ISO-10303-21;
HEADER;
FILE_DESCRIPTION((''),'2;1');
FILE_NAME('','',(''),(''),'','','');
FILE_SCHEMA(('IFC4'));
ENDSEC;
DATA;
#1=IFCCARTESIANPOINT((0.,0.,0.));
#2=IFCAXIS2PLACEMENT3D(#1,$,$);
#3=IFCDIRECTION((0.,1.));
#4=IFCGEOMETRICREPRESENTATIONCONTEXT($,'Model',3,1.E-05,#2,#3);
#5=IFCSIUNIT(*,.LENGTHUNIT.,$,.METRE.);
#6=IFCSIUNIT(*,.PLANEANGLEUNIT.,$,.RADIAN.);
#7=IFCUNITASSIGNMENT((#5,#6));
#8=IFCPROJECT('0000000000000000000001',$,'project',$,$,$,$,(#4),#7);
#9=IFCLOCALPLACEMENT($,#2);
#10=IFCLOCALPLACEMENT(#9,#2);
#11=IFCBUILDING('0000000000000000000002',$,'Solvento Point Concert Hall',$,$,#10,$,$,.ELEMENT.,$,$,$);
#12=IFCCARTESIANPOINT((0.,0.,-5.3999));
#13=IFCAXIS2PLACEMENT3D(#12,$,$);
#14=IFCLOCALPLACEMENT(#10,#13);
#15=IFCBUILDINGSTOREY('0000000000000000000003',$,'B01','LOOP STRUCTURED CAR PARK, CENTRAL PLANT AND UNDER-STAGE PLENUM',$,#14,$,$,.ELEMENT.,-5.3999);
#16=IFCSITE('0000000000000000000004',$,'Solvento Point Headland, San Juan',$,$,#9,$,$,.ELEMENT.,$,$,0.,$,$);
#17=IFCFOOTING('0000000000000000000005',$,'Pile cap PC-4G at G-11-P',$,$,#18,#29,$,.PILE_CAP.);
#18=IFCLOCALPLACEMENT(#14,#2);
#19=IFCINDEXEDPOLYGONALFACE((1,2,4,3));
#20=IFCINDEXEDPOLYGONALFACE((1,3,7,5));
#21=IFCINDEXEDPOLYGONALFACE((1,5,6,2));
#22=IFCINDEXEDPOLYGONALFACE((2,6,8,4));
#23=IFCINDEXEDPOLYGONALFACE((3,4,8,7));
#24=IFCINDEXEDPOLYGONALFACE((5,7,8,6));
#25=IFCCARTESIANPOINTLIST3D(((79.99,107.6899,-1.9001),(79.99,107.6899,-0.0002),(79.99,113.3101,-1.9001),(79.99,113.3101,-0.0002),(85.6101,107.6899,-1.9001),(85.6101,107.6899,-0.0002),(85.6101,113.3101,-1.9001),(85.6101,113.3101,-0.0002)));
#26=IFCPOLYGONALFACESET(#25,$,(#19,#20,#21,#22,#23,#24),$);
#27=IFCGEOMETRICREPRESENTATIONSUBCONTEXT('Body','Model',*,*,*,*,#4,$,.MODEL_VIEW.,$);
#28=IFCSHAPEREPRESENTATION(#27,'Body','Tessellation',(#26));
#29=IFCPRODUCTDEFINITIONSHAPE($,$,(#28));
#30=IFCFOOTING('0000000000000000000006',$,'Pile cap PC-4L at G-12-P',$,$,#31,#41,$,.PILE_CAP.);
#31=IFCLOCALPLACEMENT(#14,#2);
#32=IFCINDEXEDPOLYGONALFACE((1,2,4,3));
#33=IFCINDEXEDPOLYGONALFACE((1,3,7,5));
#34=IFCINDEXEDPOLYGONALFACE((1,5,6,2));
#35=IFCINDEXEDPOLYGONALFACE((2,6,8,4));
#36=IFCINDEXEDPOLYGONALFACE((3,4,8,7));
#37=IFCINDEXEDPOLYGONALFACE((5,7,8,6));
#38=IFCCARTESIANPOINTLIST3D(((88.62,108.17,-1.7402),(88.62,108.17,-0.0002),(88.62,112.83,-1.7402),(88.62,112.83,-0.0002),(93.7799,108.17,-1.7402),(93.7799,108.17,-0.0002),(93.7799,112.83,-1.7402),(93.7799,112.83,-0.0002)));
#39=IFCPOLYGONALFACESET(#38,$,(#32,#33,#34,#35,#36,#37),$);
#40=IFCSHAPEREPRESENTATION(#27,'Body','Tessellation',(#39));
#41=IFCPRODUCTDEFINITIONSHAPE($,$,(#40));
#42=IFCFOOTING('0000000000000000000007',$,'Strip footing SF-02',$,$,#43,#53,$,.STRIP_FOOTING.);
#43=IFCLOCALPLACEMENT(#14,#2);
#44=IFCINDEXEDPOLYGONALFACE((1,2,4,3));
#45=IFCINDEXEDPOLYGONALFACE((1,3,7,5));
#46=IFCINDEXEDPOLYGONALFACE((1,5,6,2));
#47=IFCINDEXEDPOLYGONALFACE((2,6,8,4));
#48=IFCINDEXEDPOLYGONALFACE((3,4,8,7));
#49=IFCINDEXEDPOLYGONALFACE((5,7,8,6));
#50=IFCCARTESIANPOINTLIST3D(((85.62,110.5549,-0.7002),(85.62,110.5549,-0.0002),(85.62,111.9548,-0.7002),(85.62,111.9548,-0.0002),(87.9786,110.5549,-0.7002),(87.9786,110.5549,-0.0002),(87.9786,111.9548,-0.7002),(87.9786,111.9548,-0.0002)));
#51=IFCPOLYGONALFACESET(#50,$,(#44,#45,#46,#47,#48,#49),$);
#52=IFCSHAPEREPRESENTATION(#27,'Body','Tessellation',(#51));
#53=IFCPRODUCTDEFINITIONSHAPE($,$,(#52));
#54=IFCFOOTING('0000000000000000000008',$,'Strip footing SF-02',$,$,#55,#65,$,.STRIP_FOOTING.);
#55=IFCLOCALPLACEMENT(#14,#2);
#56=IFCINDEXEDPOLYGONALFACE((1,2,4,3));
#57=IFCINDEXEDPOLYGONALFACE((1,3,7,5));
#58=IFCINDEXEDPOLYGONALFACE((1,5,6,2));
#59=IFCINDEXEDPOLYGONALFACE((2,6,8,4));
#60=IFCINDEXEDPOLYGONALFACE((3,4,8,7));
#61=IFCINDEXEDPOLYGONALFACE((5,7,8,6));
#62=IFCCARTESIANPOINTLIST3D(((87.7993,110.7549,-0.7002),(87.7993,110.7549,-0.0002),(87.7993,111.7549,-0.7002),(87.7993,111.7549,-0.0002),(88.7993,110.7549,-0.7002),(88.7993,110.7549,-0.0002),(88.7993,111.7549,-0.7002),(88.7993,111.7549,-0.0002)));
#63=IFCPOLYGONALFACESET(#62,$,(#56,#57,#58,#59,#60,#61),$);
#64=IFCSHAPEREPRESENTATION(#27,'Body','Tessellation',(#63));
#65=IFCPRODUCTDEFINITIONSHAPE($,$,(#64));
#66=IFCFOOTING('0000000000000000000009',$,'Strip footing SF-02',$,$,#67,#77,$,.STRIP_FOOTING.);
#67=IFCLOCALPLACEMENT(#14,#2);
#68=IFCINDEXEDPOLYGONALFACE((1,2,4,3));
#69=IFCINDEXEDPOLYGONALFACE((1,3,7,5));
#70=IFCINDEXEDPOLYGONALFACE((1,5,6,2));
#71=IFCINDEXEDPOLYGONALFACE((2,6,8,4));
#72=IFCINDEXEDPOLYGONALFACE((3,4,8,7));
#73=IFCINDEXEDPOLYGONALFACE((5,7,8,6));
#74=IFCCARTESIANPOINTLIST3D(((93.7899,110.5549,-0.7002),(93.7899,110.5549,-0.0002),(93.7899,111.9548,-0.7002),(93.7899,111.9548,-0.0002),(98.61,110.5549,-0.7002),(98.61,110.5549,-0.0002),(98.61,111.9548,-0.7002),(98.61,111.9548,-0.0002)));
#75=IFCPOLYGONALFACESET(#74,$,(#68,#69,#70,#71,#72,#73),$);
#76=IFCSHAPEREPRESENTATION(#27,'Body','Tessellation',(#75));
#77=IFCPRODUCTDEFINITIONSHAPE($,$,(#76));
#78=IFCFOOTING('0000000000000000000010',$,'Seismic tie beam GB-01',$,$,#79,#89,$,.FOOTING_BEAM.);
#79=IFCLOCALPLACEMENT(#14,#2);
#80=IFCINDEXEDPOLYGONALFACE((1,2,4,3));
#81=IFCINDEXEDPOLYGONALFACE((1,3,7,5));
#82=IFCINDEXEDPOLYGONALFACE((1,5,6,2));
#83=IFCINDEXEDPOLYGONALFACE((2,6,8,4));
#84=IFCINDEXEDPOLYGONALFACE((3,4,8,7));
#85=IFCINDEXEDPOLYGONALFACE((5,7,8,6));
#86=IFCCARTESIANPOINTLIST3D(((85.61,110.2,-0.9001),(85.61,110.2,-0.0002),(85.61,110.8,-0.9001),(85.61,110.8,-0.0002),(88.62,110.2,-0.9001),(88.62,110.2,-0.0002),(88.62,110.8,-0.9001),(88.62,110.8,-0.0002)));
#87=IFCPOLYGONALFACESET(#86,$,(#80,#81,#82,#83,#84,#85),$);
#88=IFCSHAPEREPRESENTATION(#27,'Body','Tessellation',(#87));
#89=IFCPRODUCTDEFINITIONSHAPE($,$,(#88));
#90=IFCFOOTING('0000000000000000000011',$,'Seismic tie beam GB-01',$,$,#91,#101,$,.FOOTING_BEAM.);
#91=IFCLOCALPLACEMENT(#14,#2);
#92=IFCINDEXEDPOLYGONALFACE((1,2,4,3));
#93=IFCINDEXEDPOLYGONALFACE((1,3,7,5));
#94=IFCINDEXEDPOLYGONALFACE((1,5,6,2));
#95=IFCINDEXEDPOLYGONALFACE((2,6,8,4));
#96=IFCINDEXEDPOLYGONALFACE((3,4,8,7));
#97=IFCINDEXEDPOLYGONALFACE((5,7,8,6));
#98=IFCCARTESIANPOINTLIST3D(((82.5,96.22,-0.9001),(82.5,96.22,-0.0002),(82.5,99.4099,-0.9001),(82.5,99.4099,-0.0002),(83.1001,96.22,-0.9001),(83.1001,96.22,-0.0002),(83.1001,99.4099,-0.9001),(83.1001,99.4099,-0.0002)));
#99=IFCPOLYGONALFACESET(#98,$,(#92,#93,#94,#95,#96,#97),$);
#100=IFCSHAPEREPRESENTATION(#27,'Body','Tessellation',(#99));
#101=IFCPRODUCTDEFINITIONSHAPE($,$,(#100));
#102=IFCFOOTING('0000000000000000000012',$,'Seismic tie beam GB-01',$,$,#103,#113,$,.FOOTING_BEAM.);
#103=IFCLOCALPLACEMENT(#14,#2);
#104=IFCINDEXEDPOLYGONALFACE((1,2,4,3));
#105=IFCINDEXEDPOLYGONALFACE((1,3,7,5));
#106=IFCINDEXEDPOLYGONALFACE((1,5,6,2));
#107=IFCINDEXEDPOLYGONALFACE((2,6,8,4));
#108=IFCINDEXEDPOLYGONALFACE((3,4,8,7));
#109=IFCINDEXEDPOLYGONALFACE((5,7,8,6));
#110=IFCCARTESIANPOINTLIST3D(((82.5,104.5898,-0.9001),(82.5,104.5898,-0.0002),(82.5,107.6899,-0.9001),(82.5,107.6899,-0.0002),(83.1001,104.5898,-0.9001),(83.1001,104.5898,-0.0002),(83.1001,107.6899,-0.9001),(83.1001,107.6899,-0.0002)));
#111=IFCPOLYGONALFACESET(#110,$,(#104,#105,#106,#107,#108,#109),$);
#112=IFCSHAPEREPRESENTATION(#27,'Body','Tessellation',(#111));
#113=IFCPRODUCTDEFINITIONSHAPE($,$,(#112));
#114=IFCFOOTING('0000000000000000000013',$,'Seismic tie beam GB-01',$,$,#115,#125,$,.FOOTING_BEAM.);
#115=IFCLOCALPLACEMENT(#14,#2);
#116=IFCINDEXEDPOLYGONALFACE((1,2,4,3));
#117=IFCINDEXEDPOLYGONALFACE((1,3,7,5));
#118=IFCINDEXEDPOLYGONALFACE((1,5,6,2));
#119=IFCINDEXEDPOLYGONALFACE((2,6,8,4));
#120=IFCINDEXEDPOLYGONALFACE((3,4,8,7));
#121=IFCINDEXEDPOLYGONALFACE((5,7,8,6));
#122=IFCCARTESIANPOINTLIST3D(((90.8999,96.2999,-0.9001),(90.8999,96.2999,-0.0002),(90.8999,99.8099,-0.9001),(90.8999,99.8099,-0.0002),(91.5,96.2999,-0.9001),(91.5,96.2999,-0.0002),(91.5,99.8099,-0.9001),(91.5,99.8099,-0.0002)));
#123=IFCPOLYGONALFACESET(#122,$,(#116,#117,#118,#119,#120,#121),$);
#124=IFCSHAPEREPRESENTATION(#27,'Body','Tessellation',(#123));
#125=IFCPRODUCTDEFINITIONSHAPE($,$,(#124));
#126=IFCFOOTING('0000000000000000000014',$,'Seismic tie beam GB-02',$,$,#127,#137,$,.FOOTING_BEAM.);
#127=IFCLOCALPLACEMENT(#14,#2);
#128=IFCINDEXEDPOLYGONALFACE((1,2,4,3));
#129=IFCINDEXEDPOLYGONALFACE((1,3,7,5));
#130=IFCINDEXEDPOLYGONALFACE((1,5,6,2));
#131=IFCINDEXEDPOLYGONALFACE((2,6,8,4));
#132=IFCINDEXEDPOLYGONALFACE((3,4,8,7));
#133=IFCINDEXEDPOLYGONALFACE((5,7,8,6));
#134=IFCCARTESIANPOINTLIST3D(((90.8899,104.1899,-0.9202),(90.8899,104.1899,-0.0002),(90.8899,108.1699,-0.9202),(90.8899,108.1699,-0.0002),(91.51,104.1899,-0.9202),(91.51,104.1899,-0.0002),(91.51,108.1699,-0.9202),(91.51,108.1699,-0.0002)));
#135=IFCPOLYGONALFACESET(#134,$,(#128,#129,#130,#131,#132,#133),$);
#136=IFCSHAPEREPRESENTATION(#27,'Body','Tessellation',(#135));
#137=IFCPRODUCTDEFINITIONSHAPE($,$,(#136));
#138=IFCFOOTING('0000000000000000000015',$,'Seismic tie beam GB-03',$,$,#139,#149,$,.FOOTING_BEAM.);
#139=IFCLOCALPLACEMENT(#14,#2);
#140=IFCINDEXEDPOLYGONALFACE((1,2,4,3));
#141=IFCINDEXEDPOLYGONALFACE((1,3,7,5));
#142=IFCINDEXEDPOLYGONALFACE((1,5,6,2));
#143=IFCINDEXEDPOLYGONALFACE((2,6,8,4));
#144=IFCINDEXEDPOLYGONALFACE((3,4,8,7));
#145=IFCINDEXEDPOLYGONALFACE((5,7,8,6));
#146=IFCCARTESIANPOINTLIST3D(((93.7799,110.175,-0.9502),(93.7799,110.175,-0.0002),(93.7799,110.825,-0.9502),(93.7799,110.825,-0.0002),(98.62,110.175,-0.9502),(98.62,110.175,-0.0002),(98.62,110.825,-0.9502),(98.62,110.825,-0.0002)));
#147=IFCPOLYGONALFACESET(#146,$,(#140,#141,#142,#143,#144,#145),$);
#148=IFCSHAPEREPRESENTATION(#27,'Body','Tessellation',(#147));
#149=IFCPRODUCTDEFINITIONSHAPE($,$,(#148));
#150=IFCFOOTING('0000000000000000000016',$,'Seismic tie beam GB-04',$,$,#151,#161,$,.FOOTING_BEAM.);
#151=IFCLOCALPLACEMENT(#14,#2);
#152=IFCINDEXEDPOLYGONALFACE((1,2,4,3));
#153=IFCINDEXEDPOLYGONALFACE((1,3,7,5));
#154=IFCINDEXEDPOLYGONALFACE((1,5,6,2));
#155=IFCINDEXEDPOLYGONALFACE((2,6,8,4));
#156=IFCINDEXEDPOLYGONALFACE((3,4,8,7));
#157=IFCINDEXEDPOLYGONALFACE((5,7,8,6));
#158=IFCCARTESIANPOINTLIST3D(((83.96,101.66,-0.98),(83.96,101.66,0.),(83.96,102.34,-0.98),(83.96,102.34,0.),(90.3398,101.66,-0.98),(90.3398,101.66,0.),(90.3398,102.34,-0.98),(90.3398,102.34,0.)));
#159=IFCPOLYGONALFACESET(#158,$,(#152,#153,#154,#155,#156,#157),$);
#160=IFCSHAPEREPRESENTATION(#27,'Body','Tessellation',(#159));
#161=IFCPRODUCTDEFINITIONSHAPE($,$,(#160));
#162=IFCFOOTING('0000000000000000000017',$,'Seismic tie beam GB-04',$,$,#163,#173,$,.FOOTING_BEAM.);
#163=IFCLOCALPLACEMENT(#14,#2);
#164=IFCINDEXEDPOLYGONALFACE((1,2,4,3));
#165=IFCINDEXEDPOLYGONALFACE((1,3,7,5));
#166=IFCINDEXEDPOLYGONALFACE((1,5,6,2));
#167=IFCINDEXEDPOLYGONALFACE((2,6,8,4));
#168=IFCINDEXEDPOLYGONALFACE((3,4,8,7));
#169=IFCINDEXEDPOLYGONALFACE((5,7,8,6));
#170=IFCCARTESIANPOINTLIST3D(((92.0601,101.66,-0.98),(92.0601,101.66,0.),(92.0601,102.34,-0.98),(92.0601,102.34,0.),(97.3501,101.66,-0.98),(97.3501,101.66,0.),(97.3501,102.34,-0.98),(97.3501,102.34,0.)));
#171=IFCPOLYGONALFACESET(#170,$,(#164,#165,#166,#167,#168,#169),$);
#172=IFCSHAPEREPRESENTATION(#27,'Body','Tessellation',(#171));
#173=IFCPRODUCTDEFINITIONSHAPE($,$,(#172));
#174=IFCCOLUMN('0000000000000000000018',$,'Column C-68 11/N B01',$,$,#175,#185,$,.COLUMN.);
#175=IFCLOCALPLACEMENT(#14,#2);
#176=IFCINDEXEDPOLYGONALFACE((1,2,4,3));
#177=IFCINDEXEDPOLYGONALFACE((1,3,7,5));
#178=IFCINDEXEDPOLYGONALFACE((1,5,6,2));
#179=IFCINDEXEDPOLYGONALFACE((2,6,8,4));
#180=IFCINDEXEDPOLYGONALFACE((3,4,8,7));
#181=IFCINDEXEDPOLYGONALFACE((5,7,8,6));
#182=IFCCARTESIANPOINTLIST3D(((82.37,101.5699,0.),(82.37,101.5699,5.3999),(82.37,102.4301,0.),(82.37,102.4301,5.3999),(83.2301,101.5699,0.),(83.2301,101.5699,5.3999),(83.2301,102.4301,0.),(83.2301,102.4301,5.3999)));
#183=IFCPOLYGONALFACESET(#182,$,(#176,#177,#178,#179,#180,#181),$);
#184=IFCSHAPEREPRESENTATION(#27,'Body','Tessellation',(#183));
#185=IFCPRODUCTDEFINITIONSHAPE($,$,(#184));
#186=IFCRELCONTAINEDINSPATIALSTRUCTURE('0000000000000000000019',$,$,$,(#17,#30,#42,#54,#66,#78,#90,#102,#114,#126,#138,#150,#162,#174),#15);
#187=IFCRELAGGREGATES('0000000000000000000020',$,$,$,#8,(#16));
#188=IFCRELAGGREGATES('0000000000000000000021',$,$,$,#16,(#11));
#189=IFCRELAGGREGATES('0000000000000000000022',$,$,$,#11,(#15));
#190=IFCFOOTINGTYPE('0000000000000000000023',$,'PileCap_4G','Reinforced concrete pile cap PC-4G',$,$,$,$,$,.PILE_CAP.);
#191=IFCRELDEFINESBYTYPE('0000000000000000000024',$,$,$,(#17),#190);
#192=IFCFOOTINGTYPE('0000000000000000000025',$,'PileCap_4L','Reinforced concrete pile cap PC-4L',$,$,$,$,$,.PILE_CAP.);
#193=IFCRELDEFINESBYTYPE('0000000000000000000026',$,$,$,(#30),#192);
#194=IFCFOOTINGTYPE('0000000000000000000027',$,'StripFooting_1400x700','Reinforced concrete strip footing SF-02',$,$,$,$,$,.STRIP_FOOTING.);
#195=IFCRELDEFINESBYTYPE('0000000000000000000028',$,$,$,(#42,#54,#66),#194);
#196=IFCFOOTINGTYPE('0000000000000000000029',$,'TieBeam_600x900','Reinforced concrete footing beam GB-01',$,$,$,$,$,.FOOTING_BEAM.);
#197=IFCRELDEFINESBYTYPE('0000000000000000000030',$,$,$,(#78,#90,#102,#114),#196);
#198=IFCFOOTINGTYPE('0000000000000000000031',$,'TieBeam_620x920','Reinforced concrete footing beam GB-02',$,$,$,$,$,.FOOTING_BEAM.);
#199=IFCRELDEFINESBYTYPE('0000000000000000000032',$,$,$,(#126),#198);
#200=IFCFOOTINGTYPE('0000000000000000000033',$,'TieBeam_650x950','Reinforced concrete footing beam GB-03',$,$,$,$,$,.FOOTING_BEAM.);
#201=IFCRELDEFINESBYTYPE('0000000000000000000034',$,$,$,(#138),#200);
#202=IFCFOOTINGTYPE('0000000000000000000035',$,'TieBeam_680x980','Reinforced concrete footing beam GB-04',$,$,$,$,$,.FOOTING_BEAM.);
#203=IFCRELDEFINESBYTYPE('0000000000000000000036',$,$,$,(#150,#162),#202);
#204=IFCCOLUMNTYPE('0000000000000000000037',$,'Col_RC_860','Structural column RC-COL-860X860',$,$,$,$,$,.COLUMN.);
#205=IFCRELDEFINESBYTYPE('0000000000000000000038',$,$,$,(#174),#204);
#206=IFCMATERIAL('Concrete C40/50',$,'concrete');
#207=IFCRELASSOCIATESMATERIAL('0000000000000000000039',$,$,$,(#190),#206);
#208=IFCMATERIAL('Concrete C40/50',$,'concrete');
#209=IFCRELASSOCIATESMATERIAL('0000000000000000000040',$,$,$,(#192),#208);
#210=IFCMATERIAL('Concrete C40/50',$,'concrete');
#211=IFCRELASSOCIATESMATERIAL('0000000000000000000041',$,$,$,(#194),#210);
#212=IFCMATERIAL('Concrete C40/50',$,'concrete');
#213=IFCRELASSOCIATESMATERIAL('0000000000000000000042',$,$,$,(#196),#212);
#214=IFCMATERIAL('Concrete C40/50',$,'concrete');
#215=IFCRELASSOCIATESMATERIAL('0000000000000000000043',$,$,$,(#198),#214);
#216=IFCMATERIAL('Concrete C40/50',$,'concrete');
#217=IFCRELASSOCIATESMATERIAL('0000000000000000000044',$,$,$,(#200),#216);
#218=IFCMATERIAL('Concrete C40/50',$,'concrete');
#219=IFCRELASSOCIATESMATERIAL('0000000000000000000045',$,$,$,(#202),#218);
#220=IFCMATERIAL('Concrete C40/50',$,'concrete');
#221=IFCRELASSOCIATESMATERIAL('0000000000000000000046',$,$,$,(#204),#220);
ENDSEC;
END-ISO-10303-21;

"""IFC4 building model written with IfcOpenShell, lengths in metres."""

from ifc_helpers import new_model, si_unit, direction, frame, origin, origin_2d, place, context, subcontext, project, spatial, rectangle, extrude, material, material_profile, profile_set, type_object, element, save


model = new_model("IFC4")

# Units and contexts
model_context = context("Model", 3, precision=1e-05, world=origin(), true_north=direction((0.0, 1.0)))
body_context = subcontext(model_context, "Body", "Model", "MODEL_VIEW")
ifc_project = project(units=[si_unit("LENGTHUNIT", "METRE"), si_unit("PLANEANGLEUNIT", "RADIAN")], contexts=[model_context])

# Site, building, storey
site_placement = place(None, origin())
site = spatial("IfcSite", under=ifc_project, at=site_placement, Name="Solvento Point Headland, San Juan", CompositionType="ELEMENT", RefElevation=0.0)
building_placement = place(site_placement, origin())
building = spatial("IfcBuilding", under=site, at=building_placement, Name="Solvento Point Concert Hall", CompositionType="ELEMENT")
storey_placement = place(building_placement, frame((0.0, 0.0, -5.3999)))
storey = spatial("IfcBuildingStorey", under=building, at=storey_placement, Name="B01", Description="LOOP STRUCTURED CAR PARK, CENTRAL PLANT AND UNDER-STAGE PLENUM", CompositionType="ELEMENT", Elevation=-5.3999)

# Footings
ifc_material_1 = material(Name="Concrete C40/50", Category="concrete")
footing_type_1 = type_object("IfcFootingType", Name="PileCap_4G", Description="Reinforced concrete pile cap PC-4G", PredefinedType="PILE_CAP", material=ifc_material_1)
footing_1_placement = place(storey_placement, frame((82.8, 110.5, -1.9001), z_axis=(0.0, 0.0, 1.0), x_axis=(1.0, 0.0, 0.0)))
element("IfcFooting", 1, at=footing_1_placement, inside=storey, type_object=footing_type_1, Name="Pile cap PC-4G at G-11-P", PredefinedType="PILE_CAP", context=body_context, shape_type="SweptSolid", body=[
    extrude(rectangle(XDim=5.6201, YDim=5.6201, at=origin_2d()), origin(), (0.0, 0.0, 1.0), 1.8999),
])
ifc_material_2 = material(Name="Concrete C40/50", Category="concrete")
footing_type_2 = type_object("IfcFootingType", Name="PileCap_4L", Description="Reinforced concrete pile cap PC-4L", PredefinedType="PILE_CAP", material=ifc_material_2)
footing_2_placement = place(storey_placement, frame((91.2, 110.5, -1.7402), z_axis=(0.0, 0.0, 1.0), x_axis=(1.0, 0.0, 0.0)))
element("IfcFooting", 2, at=footing_2_placement, inside=storey, type_object=footing_type_2, Name="Pile cap PC-4L at G-12-P", PredefinedType="PILE_CAP", context=body_context, shape_type="SweptSolid", body=[
    extrude(rectangle(XDim=5.1599, YDim=4.6599, at=origin_2d()), origin(), (0.0, 0.0, 1.0), 1.74),
])
ifc_material_3 = material(Name="Concrete C40/50", Category="concrete")
footing_type_3 = type_object("IfcFootingType", Name="StripFooting_1400x700", Description="Reinforced concrete strip footing SF-02", PredefinedType="STRIP_FOOTING", material=ifc_material_3)
footing_3_placement = place(storey_placement, frame((86.7993, 111.2549, -0.7002), z_axis=(0.0, 0.0, 1.0), x_axis=(1.0, 0.0, 0.0)))
element("IfcFooting", 3, at=footing_3_placement, inside=storey, type_object=footing_type_3, Name="Strip footing SF-02", PredefinedType="STRIP_FOOTING", context=body_context, shape_type="SweptSolid", body=[
    extrude(rectangle(XDim=2.3586, YDim=1.3999, at=origin_2d()), origin(), (0.0, 0.0, 1.0), 0.7),
])
footing_4_placement = place(storey_placement, frame((88.2993, 111.2549, -0.7002), z_axis=(0.0, 0.0, 1.0), x_axis=(1.0, 0.0, 0.0)))
element("IfcFooting", 4, at=footing_4_placement, inside=storey, type_object=footing_type_3, Name="Strip footing SF-02", PredefinedType="STRIP_FOOTING", context=body_context, shape_type="SweptSolid", body=[
    extrude(rectangle(XDim=1.0, YDim=1.0, at=origin_2d()), origin(), (0.0, 0.0, 1.0), 0.7),
])
footing_5_placement = place(storey_placement, frame((96.2, 111.2549, -0.7002), z_axis=(0.0, 0.0, 1.0), x_axis=(1.0, 0.0, 0.0)))
element("IfcFooting", 5, at=footing_5_placement, inside=storey, type_object=footing_type_3, Name="Strip footing SF-02", PredefinedType="STRIP_FOOTING", context=body_context, shape_type="SweptSolid", body=[
    extrude(rectangle(XDim=4.8201, YDim=1.3999, at=origin_2d()), origin(), (0.0, 0.0, 1.0), 0.7),
])
ifc_material_4 = material(Name="Concrete C40/50", Category="concrete")
footing_type_4 = type_object("IfcFootingType", Name="TieBeam_600x900", Description="Reinforced concrete footing beam GB-01", PredefinedType="FOOTING_BEAM", material=ifc_material_4)
footing_6_placement = place(storey_placement, frame((87.115, 110.5, -0.9001), z_axis=(0.0, 0.0, 1.0), x_axis=(1.0, 0.0, 0.0)))
element("IfcFooting", 6, at=footing_6_placement, inside=storey, type_object=footing_type_4, Name="Seismic tie beam GB-01", PredefinedType="FOOTING_BEAM", context=body_context, shape_type="SweptSolid", body=[
    extrude(rectangle(XDim=3.01, YDim=0.6001, at=origin_2d()), origin(), (0.0, 0.0, 1.0), 0.8999),
])
footing_7_placement = place(storey_placement, frame((82.8, 97.8149, -0.9001), z_axis=(0.0, 0.0, 1.0), x_axis=(0.0, 1.0, 0.0)))
element("IfcFooting", 7, at=footing_7_placement, inside=storey, type_object=footing_type_4, Name="Seismic tie beam GB-01", PredefinedType="FOOTING_BEAM", context=body_context, shape_type="SweptSolid", body=[
    extrude(rectangle(XDim=3.1899, YDim=0.6001, at=origin_2d()), origin(), (0.0, 0.0, 1.0), 0.8999),
])
footing_8_placement = place(storey_placement, frame((82.8, 106.1399, -0.9001), z_axis=(0.0, 0.0, 1.0), x_axis=(0.0, 1.0, 0.0)))
element("IfcFooting", 8, at=footing_8_placement, inside=storey, type_object=footing_type_4, Name="Seismic tie beam GB-01", PredefinedType="FOOTING_BEAM", context=body_context, shape_type="SweptSolid", body=[
    extrude(rectangle(XDim=3.1001, YDim=0.6001, at=origin_2d()), origin(), (0.0, 0.0, 1.0), 0.8999),
])
footing_9_placement = place(storey_placement, frame((91.2, 98.0549, -0.9001), z_axis=(0.0, 0.0, 1.0), x_axis=(0.0, 1.0, 0.0)))
element("IfcFooting", 9, at=footing_9_placement, inside=storey, type_object=footing_type_4, Name="Seismic tie beam GB-01", PredefinedType="FOOTING_BEAM", context=body_context, shape_type="SweptSolid", body=[
    extrude(rectangle(XDim=3.51, YDim=0.6001, at=origin_2d()), origin(), (0.0, 0.0, 1.0), 0.8999),
])
ifc_material_5 = material(Name="Concrete C40/50", Category="concrete")
footing_type_5 = type_object("IfcFootingType", Name="TieBeam_620x920", Description="Reinforced concrete footing beam GB-02", PredefinedType="FOOTING_BEAM", material=ifc_material_5)
footing_10_placement = place(storey_placement, frame((91.2, 106.1799, -0.9202), z_axis=(0.0, 0.0, 1.0), x_axis=(0.0, 1.0, 0.0)))
element("IfcFooting", 10, at=footing_10_placement, inside=storey, type_object=footing_type_5, Name="Seismic tie beam GB-02", PredefinedType="FOOTING_BEAM", context=body_context, shape_type="SweptSolid", body=[
    extrude(rectangle(XDim=3.98, YDim=0.6201, at=origin_2d()), origin(), (0.0, 0.0, 1.0), 0.9199),
])
ifc_material_6 = material(Name="Concrete C40/50", Category="concrete")
footing_type_6 = type_object("IfcFootingType", Name="TieBeam_650x950", Description="Reinforced concrete footing beam GB-03", PredefinedType="FOOTING_BEAM", material=ifc_material_6)
footing_11_placement = place(storey_placement, frame((96.2, 110.5, -0.9502), z_axis=(0.0, 0.0, 1.0), x_axis=(1.0, 0.0, 0.0)))
element("IfcFooting", 11, at=footing_11_placement, inside=storey, type_object=footing_type_6, Name="Seismic tie beam GB-03", PredefinedType="FOOTING_BEAM", context=body_context, shape_type="SweptSolid", body=[
    extrude(rectangle(XDim=4.8401, YDim=0.6499, at=origin_2d()), origin(), (0.0, 0.0, 1.0), 0.95),
])
ifc_material_7 = material(Name="Concrete C40/50", Category="concrete")
footing_type_7 = type_object("IfcFootingType", Name="TieBeam_680x980", Description="Reinforced concrete footing beam GB-04", PredefinedType="FOOTING_BEAM", material=ifc_material_7)
footing_12_placement = place(storey_placement, frame((87.1499, 102.0, -0.98), z_axis=(0.0, 0.0, 1.0), x_axis=(1.0, 0.0, 0.0)))
element("IfcFooting", 12, at=footing_12_placement, inside=storey, type_object=footing_type_7, Name="Seismic tie beam GB-04", PredefinedType="FOOTING_BEAM", context=body_context, shape_type="SweptSolid", body=[
    extrude(rectangle(XDim=6.3799, YDim=0.6799, at=origin_2d()), origin(), (0.0, 0.0, 1.0), 0.98),
])
footing_13_placement = place(storey_placement, frame((94.7051, 102.0, -0.98), z_axis=(0.0, 0.0, 1.0), x_axis=(1.0, 0.0, 0.0)))
element("IfcFooting", 13, at=footing_13_placement, inside=storey, type_object=footing_type_7, Name="Seismic tie beam GB-04", PredefinedType="FOOTING_BEAM", context=body_context, shape_type="SweptSolid", body=[
    extrude(rectangle(XDim=5.29, YDim=0.6799, at=origin_2d()), origin(), (0.0, 0.0, 1.0), 0.98),
])

# Column
ifc_material_8 = material(Name="Concrete C40/50", Category="concrete")
ifc_material_profile_1 = material_profile(ifc_material_8, rectangle(XDim=0.8601, YDim=0.8601, at=origin_2d()), Name="RC-COL-860X860")
ifc_profile_set_1 = profile_set([ifc_material_profile_1], Name="Concrete C40/50")
column_type = type_object("IfcColumnType", Name="Col_RC_860", Description="Structural column RC-COL-860X860", PredefinedType="COLUMN", material=ifc_profile_set_1)
for number, where, z_axis, x_axis, name in (
    (14, (82.8, 102.0, 0.0), (0.0, 0.0, 1.0), (1.0, 0.0, 0.0), "Column C-68 11/N B01"),
):
    element("IfcColumn", number, at=place(storey_placement, frame(where, z_axis=z_axis, x_axis=x_axis)), inside=storey, type_object=column_type, Name=name, PredefinedType="COLUMN", context=body_context, shape_type="SweptSolid", body=[
        extrude(rectangle(XDim=0.8601, YDim=0.8601, at=origin_2d()), origin(), (0.0, 0.0, 1.0), 5.3999),
    ])

save(model, "model.ifc")
